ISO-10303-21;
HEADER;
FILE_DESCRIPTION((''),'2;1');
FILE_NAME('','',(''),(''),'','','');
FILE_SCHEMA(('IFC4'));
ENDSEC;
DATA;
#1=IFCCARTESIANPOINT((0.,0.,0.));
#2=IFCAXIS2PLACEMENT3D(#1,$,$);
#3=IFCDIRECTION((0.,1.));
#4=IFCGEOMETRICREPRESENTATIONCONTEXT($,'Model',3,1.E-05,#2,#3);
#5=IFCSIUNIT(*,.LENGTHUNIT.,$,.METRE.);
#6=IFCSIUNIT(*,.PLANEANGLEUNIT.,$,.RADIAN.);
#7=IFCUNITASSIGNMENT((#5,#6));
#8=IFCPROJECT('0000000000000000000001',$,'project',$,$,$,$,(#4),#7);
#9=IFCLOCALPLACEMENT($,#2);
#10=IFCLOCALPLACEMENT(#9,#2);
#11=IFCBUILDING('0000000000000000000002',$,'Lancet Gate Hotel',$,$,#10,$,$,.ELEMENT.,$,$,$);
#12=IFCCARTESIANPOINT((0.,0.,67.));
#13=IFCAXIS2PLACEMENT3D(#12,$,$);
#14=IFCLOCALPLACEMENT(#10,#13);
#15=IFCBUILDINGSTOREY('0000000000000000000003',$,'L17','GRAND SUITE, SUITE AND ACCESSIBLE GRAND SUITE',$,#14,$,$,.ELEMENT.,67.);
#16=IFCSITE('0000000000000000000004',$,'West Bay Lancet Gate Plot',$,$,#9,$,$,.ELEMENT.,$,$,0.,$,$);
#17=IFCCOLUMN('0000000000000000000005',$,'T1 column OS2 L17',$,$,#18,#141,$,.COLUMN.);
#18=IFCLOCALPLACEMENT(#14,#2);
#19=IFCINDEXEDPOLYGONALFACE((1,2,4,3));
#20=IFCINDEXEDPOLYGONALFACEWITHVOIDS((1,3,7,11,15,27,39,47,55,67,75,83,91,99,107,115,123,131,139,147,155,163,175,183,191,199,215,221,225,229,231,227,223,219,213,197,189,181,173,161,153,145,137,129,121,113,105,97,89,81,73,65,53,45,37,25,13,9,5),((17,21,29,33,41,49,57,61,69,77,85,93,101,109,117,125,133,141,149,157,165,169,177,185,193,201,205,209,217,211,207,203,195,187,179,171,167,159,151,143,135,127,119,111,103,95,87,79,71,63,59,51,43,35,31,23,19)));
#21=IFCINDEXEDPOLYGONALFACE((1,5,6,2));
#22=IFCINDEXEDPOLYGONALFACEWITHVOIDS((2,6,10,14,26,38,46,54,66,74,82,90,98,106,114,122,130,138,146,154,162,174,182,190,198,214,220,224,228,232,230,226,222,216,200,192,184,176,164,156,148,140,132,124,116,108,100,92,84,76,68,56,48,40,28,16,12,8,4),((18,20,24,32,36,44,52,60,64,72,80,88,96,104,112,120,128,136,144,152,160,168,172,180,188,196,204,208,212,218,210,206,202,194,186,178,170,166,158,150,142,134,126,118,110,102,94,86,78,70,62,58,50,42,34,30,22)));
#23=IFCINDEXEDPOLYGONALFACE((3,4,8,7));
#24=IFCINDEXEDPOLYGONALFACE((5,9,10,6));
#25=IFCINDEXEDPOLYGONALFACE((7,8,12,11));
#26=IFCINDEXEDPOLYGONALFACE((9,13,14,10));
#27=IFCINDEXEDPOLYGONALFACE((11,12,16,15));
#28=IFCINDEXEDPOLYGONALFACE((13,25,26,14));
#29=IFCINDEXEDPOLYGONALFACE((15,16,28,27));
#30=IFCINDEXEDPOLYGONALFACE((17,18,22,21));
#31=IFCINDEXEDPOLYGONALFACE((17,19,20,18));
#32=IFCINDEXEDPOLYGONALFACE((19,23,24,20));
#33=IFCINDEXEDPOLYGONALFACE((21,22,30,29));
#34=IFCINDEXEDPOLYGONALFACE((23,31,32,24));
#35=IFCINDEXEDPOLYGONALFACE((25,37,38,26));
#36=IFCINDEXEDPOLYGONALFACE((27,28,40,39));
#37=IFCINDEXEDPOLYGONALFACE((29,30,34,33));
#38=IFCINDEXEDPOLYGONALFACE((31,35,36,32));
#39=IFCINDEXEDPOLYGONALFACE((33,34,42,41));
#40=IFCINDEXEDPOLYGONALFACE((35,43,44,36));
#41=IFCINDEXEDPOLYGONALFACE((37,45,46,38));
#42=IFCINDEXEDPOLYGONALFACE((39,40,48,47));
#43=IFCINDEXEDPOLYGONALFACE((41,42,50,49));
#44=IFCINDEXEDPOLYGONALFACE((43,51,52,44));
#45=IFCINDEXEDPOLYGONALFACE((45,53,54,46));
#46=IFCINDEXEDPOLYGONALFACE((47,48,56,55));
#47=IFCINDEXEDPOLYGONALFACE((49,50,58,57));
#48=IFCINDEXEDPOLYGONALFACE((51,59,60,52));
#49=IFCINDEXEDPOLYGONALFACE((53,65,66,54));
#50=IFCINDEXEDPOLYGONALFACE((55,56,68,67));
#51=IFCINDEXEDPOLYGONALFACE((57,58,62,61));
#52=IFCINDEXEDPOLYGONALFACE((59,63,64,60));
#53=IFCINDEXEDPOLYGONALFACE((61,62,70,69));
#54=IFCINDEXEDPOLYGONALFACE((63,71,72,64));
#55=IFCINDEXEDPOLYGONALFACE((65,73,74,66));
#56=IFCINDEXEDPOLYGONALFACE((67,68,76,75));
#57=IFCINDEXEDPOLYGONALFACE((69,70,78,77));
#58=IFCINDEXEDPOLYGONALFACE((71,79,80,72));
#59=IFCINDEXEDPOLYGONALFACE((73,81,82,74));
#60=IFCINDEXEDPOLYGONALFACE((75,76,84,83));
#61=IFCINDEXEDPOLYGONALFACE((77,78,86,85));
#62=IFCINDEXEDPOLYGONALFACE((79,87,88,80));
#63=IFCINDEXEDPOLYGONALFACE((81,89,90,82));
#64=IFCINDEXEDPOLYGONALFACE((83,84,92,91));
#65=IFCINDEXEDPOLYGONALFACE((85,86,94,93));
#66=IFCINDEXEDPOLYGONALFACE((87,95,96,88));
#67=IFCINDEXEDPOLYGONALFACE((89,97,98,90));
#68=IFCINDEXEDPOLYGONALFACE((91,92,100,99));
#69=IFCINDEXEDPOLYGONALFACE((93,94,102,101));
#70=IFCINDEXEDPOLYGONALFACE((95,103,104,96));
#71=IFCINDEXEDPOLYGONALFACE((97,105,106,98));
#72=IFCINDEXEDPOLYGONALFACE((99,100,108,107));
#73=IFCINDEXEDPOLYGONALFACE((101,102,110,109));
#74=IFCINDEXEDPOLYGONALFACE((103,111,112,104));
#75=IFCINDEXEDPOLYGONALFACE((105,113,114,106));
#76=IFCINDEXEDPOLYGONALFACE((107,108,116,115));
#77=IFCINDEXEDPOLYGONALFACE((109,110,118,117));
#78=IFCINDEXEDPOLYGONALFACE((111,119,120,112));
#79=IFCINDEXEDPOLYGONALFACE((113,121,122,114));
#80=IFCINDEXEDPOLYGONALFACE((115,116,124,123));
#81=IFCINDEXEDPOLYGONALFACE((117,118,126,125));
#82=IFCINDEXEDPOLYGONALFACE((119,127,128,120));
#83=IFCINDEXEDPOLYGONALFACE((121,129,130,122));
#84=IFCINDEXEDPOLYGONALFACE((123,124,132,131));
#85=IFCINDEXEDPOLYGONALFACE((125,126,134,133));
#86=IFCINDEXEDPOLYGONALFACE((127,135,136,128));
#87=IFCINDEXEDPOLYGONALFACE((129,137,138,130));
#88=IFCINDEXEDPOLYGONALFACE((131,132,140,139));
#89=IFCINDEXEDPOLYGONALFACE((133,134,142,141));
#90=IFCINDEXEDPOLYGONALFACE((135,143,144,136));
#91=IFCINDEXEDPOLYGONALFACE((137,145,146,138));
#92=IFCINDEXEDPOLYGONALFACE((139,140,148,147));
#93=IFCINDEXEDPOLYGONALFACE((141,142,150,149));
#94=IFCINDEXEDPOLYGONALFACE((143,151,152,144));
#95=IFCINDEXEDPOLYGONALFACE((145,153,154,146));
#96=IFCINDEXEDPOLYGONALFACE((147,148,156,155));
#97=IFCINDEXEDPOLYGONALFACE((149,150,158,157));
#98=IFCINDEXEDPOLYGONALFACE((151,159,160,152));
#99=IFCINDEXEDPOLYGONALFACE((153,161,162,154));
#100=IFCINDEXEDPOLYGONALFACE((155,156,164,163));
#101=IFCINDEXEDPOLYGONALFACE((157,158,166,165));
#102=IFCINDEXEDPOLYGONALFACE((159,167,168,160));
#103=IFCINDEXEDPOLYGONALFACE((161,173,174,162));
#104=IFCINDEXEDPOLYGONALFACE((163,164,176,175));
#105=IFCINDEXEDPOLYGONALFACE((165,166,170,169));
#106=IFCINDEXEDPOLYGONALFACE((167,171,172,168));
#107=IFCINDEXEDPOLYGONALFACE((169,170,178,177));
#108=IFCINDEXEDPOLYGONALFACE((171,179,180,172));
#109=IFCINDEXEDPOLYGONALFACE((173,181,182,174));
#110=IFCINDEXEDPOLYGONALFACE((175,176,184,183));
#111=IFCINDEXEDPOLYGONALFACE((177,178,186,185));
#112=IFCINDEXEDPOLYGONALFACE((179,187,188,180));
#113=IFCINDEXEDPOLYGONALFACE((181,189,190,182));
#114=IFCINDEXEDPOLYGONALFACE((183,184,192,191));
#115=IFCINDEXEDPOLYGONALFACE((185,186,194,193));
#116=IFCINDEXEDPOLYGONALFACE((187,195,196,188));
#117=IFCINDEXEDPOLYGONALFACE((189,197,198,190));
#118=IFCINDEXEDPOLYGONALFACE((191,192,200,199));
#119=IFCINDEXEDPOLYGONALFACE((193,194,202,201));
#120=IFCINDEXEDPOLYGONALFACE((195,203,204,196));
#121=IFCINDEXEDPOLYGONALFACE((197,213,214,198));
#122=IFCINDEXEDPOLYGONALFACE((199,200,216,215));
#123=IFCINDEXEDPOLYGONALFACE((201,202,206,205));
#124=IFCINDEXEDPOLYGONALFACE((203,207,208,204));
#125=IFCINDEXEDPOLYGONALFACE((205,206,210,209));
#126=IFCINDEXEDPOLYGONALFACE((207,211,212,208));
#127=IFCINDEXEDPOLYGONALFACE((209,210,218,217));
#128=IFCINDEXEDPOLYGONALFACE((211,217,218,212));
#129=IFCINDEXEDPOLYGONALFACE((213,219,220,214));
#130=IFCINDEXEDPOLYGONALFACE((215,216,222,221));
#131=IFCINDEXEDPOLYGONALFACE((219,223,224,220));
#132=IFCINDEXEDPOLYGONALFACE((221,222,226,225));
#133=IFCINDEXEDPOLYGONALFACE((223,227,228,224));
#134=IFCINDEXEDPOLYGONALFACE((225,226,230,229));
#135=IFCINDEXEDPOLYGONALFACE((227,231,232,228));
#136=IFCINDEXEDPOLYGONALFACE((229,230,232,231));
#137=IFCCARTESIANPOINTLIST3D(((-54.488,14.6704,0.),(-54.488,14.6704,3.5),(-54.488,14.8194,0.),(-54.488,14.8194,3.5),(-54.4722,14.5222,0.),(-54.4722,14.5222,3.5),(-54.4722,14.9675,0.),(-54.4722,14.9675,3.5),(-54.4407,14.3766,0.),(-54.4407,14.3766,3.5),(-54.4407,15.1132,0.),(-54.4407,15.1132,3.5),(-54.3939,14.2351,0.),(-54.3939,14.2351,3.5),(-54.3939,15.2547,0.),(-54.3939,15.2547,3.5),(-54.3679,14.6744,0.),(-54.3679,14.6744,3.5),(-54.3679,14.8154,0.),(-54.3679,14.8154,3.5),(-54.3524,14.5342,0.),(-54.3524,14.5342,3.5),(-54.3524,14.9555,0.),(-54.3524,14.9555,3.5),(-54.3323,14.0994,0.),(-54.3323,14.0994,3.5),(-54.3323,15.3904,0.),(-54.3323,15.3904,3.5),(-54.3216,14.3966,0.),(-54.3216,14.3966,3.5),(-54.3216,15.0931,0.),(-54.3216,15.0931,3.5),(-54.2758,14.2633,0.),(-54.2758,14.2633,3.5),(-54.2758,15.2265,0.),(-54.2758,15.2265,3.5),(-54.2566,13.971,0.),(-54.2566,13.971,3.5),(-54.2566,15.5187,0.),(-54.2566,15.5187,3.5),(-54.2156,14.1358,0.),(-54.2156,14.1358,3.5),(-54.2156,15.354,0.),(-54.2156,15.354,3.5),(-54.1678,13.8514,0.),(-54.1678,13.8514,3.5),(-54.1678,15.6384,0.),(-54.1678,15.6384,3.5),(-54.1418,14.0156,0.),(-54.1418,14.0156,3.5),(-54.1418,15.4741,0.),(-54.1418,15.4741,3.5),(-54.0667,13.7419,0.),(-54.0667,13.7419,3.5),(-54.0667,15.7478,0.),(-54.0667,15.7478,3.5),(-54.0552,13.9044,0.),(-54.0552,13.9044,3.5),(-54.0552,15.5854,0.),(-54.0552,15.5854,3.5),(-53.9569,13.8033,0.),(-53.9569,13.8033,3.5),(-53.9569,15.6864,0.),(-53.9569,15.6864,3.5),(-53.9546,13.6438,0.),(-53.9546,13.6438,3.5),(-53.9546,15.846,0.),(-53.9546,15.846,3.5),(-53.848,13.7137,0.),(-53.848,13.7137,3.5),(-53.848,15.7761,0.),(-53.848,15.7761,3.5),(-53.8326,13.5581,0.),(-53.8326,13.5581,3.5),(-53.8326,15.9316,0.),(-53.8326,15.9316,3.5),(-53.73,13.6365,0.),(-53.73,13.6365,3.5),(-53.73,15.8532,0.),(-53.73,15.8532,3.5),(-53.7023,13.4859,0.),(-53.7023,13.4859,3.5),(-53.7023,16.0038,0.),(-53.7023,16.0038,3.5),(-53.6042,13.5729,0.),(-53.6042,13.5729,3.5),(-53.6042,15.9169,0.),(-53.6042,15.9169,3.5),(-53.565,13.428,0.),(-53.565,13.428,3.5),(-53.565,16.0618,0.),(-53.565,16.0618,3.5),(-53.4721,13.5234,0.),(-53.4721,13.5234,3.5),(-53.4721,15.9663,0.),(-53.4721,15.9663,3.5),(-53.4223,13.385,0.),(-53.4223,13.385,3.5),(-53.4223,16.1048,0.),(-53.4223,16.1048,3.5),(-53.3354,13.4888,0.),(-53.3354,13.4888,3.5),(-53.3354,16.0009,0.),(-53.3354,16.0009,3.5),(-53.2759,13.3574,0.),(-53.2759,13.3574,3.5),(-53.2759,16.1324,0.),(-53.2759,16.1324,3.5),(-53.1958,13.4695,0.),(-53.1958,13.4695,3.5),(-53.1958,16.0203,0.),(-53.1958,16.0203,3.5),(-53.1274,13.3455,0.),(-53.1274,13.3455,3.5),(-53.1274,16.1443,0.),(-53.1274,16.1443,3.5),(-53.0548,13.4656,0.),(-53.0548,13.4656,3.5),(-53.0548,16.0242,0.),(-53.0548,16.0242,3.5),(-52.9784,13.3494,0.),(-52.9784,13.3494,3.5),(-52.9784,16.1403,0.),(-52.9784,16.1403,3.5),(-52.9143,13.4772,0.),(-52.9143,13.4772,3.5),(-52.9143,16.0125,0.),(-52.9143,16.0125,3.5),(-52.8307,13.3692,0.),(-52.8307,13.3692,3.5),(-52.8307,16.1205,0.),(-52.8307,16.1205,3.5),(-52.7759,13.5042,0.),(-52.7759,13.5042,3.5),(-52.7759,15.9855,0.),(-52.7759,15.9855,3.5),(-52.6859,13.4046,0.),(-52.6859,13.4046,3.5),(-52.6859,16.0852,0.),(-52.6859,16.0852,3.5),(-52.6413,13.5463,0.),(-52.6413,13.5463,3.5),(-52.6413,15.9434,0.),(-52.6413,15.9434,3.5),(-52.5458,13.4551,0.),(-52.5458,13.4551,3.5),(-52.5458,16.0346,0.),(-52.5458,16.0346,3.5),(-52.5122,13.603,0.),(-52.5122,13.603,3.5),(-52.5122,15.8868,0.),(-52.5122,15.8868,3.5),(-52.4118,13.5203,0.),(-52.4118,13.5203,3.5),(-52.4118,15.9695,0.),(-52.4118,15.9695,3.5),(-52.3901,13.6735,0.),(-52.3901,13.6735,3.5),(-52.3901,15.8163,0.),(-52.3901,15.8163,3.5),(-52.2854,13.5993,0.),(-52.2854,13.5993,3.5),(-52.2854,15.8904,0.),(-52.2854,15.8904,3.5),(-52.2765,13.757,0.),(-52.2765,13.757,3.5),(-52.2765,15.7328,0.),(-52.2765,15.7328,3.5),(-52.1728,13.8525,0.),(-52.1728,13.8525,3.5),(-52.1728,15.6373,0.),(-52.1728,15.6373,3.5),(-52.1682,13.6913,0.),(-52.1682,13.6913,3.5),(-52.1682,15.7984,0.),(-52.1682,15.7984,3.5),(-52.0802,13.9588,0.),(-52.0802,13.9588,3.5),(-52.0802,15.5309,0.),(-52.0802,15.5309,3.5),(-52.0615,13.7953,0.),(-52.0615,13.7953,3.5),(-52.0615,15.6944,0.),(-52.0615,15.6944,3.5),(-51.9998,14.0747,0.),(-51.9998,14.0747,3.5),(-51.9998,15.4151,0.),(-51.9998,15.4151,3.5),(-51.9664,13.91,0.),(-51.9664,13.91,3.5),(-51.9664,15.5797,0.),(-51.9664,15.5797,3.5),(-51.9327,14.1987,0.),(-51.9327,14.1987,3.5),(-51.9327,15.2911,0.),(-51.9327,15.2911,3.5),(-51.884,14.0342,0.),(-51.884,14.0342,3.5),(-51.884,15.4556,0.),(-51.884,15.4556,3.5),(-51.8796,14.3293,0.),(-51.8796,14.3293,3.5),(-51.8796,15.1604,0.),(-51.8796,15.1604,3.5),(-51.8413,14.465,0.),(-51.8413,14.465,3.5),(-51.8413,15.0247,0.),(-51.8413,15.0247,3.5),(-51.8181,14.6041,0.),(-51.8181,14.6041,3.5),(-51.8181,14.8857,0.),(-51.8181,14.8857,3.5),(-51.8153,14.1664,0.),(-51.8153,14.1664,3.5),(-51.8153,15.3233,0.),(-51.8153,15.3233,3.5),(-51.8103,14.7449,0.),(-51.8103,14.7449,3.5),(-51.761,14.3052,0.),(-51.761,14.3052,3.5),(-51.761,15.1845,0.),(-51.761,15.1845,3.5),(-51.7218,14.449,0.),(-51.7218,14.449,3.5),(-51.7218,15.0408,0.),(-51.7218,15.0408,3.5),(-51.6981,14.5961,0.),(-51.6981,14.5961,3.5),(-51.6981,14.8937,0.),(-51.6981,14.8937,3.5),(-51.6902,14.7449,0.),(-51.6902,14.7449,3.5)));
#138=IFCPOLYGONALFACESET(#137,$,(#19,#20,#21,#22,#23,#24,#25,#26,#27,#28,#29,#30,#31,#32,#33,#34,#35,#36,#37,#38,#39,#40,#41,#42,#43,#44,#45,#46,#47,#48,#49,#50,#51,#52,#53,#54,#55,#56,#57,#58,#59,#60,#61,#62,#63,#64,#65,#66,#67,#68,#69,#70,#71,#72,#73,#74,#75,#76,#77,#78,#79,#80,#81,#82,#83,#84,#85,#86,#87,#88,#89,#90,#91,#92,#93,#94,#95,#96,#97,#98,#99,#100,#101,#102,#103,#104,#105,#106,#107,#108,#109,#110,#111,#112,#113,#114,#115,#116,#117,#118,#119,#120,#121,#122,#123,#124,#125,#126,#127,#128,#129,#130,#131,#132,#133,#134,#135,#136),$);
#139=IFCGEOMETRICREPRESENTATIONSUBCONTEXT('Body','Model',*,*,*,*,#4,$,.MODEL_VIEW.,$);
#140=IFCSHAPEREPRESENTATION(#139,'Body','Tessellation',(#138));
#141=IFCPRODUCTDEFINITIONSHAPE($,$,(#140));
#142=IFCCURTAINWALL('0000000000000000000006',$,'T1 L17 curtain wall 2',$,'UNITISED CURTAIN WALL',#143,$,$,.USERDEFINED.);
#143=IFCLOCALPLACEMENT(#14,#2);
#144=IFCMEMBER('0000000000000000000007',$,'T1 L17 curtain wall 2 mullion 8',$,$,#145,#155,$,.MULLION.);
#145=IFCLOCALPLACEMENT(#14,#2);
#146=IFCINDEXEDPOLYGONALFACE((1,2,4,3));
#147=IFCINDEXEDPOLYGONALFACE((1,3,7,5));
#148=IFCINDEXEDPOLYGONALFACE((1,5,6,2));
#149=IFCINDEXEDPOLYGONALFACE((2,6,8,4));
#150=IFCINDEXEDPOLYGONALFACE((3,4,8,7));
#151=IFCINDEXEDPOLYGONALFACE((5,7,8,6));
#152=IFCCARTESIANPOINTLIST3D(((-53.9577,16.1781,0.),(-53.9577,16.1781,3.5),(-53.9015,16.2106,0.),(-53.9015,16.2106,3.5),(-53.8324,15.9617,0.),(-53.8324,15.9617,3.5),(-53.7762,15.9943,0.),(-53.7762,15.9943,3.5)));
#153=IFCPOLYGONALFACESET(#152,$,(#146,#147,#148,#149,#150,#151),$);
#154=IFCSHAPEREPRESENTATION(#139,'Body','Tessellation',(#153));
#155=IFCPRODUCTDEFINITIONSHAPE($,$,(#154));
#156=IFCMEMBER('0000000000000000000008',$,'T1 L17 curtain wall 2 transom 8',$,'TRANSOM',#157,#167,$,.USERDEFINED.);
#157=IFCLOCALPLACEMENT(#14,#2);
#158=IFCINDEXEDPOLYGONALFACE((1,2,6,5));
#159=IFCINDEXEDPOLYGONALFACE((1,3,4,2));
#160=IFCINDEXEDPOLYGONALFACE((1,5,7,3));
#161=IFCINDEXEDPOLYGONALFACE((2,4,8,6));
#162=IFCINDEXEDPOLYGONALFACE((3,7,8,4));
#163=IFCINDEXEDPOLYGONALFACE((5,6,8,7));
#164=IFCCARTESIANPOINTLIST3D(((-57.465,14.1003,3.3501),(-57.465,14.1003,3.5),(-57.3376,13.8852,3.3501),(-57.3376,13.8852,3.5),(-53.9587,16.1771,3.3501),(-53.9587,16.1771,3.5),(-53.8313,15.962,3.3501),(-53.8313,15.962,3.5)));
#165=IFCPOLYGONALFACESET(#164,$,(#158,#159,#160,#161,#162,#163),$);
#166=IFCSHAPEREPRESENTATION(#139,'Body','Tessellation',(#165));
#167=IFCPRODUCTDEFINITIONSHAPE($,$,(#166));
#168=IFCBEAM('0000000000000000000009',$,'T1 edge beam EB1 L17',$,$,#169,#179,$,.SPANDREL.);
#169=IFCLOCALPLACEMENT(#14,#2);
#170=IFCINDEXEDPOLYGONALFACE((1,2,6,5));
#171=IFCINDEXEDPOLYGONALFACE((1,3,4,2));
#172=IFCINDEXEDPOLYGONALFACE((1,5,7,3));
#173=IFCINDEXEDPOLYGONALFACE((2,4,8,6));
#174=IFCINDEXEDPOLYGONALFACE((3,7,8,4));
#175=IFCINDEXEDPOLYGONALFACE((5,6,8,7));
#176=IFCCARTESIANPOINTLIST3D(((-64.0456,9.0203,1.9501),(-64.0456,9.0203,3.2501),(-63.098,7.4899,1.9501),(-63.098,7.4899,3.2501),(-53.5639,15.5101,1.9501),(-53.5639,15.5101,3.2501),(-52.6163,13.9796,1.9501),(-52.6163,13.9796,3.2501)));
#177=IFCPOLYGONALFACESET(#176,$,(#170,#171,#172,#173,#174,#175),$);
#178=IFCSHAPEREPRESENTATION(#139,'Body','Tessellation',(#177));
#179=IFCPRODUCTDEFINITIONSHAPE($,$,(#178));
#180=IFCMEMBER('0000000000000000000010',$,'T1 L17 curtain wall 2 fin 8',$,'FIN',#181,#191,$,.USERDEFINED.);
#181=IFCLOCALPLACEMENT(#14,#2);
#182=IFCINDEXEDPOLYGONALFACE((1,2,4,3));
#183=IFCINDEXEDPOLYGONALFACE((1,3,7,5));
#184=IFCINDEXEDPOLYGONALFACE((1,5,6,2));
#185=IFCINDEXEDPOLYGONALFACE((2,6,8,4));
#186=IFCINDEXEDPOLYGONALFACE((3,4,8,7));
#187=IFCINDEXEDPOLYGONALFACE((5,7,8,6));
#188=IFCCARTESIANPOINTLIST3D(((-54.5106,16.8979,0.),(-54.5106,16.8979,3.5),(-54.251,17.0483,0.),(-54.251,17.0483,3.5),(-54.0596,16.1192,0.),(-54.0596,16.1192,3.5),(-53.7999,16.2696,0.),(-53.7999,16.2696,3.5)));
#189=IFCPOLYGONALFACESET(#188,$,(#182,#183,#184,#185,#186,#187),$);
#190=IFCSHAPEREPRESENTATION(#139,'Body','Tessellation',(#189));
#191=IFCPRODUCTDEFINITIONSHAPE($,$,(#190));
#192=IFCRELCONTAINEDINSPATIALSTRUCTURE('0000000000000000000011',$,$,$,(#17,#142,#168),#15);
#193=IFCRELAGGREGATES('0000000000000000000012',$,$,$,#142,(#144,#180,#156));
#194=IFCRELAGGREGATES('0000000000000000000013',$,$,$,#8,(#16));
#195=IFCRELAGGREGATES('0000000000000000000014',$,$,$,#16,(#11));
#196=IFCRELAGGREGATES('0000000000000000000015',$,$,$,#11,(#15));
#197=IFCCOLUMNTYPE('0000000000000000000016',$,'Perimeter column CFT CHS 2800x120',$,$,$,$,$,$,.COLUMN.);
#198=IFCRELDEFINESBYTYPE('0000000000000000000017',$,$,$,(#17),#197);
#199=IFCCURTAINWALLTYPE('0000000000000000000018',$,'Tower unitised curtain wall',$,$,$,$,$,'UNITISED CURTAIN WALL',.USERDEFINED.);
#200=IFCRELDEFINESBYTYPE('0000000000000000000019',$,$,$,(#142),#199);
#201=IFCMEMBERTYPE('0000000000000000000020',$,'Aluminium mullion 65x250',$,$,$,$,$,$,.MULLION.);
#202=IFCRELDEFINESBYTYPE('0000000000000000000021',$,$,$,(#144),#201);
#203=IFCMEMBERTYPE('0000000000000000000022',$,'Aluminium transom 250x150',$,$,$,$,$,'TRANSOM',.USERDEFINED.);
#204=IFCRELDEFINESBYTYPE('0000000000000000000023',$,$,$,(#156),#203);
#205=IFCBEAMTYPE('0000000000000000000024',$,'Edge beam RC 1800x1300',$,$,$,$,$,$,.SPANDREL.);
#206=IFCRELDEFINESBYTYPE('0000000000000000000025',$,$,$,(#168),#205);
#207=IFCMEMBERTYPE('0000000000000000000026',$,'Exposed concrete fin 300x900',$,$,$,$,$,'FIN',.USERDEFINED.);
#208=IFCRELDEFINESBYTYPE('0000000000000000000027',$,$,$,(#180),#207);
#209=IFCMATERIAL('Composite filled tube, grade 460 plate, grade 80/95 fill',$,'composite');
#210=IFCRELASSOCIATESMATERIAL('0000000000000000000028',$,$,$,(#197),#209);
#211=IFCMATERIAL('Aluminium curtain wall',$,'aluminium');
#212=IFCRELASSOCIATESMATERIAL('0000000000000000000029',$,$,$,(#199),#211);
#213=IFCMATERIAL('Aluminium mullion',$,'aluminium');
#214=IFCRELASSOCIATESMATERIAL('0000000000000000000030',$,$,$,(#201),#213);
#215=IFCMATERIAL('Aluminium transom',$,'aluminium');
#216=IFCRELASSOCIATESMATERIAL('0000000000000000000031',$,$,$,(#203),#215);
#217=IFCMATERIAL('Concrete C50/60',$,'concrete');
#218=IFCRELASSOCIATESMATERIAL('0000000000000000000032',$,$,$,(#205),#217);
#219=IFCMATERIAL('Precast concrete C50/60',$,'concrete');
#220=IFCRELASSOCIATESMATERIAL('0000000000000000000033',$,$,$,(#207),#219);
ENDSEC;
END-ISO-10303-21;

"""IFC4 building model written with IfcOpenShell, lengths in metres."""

from ifc_helpers import new_model, si_unit, direction, frame, origin, origin_2d, place, context, subcontext, project, spatial, rectangle, hollow_circle, extrude, material, material_profile, profile_set, type_object, element, aggregate, save


model = new_model("IFC4")

# Units and contexts
model_context = context("Model", 3, precision=1e-05, world=origin(), true_north=direction((0.0, 1.0)))
body_context = subcontext(model_context, "Body", "Model", "MODEL_VIEW")
ifc_project = project(units=[si_unit("LENGTHUNIT", "METRE"), si_unit("PLANEANGLEUNIT", "RADIAN")], contexts=[model_context])

# Site, building, storey
site_placement = place(None, origin())
site = spatial("IfcSite", under=ifc_project, at=site_placement, Name="West Bay Lancet Gate Plot", CompositionType="ELEMENT", RefElevation=0.0)
building_placement = place(site_placement, origin())
building = spatial("IfcBuilding", under=site, at=building_placement, Name="Lancet Gate Hotel", CompositionType="ELEMENT")
storey_placement = place(building_placement, frame((0.0, 0.0, 67.0)))
storey = spatial("IfcBuildingStorey", under=building, at=storey_placement, Name="L17", Description="GRAND SUITE, SUITE AND ACCESSIBLE GRAND SUITE", CompositionType="ELEMENT", Elevation=67.0)

# Column
ifc_material_1 = material(Name="Composite filled tube, grade 460 plate, grade 80/95 fill", Category="composite")
ifc_material_profile_1 = material_profile(ifc_material_1, hollow_circle(Radius=1.3999, WallThickness=0.1201, at=origin_2d()), Name="CHS 2800x120")
ifc_profile_set_1 = profile_set([ifc_material_profile_1], Name="Composite filled tube, grade 460 plate, grade 80/95 fill")
column_type = type_object("IfcColumnType", Name="Perimeter column CFT CHS 2800x120", PredefinedType="COLUMN", material=ifc_profile_set_1)
column_placement = place(storey_placement, frame((-53.0901, 14.7449, 0.0), z_axis=(0.0, 0.0, 1.0), x_axis=(1.0, 0.0, 0.0)))
element("IfcColumn", 1, at=column_placement, inside=storey, type_object=column_type, Name="T1 column OS2 L17", PredefinedType="COLUMN", context=body_context, shape_type="SweptSolid", body=[
    extrude(hollow_circle(Radius=1.3999, WallThickness=0.1201, at=origin_2d()), origin(), (0.0, 0.0, 1.0), 3.5),
])

# Curtain wall, members
ifc_material_2 = material(Name="Aluminium curtain wall", Category="aluminium")
curtain_wall_type = type_object("IfcCurtainWallType", Name="Tower unitised curtain wall", ElementType="UNITISED CURTAIN WALL", PredefinedType="USERDEFINED", material=ifc_material_2)
curtain_wall_placement = place(storey_placement, origin())
curtain_wall = element("IfcCurtainWall", 2, at=curtain_wall_placement, inside=storey, type_object=curtain_wall_type, Name="T1 L17 curtain wall 2", ObjectType="UNITISED CURTAIN WALL", PredefinedType="USERDEFINED")
ifc_material_3 = material(Name="Aluminium mullion", Category="aluminium")
ifc_material_profile_2 = material_profile(ifc_material_3, rectangle(XDim=0.0649, YDim=0.25, at=origin_2d()), Name="MULLION 65x250")
ifc_profile_set_2 = profile_set([ifc_material_profile_2], Name="Aluminium mullion")
member_type_1 = type_object("IfcMemberType", Name="Aluminium mullion 65x250", PredefinedType="MULLION", material=ifc_profile_set_2)
member_1_placement = place(storey_placement, frame((-53.8669, 16.0862, 0.0), z_axis=(0.0, 0.0, 1.0), x_axis=(-0.865335, -0.501194, 0.0)))
member_1 = element("IfcMember", 3, at=member_1_placement, type_object=member_type_1, Name="T1 L17 curtain wall 2 mullion 8", PredefinedType="MULLION", context=body_context, shape_type="SweptSolid", body=[
    extrude(rectangle(XDim=0.0649, YDim=0.25, at=origin_2d()), origin(), (0.0, 0.0, 1.0), 3.5),
])
ifc_material_4 = material(Name="Aluminium transom", Category="aluminium")
ifc_material_profile_3 = material_profile(ifc_material_4, rectangle(XDim=0.25, YDim=0.1499, at=origin_2d()), Name="TRANSOM 250x150")
ifc_profile_set_3 = profile_set([ifc_material_profile_3], Name="Aluminium transom")
member_type_2 = type_object("IfcMemberType", Name="Aluminium transom 250x150", ElementType="TRANSOM", PredefinedType="USERDEFINED", material=ifc_profile_set_3)
member_2_placement = place(storey_placement, frame((-53.895, 16.0696, 3.425), z_axis=(-0.860392, -0.509633, 0.0), x_axis=(0.509633, -0.860392, 0.0)))
member_2 = element("IfcMember", 4, at=member_2_placement, type_object=member_type_2, Name="T1 L17 curtain wall 2 transom 8", ObjectType="TRANSOM", PredefinedType="USERDEFINED", context=body_context, shape_type="SweptSolid", body=[
    extrude(rectangle(XDim=0.25, YDim=0.1499, at=origin_2d()), origin(), (0.0, 0.0, 1.0), 4.0752),
])

# Beam
ifc_material_5 = material(Name="Concrete C50/60", Category="concrete")
ifc_material_profile_4 = material_profile(ifc_material_5, rectangle(XDim=1.8, YDim=1.3, at=origin_2d()), Name="RC 1800x1300")
ifc_profile_set_4 = profile_set([ifc_material_profile_4], Name="Concrete C50/60")
beam_type_1 = type_object("IfcBeamType", Name="Edge beam RC 1800x1300", PredefinedType="SPANDREL", material=ifc_profile_set_4)
beam_1_placement = place(storey_placement, frame((-53.0901, 14.7449, 2.6001), z_axis=(-0.850226, -0.526418, 0.0), x_axis=(0.526418, -0.850226, 0.0)))
element("IfcBeam", 5, at=beam_1_placement, inside=storey, type_object=beam_type_1, Name="T1 edge beam EB1 L17", PredefinedType="SPANDREL", context=body_context, shape_type="SweptSolid", body=[
    extrude(rectangle(XDim=1.8, YDim=1.3, at=origin_2d()), origin(), (0.0, 0.0, 1.0), 12.3281),
])

# Member
ifc_material_6 = material(Name="Precast concrete C50/60", Category="concrete")
ifc_material_profile_5 = material_profile(ifc_material_6, rectangle(XDim=0.3, YDim=0.8999, at=origin_2d()), Name="FIN 300x900")
ifc_profile_set_5 = profile_set([ifc_material_profile_5], Name="Precast concrete C50/60")
member_type_3 = type_object("IfcMemberType", Name="Exposed concrete fin 300x900", ElementType="FIN", PredefinedType="USERDEFINED", material=ifc_profile_set_5)
member_3_placement = place(storey_placement, frame((-54.1553, 16.5837, 0.0), z_axis=(0.0, 0.0, 1.0), x_axis=(-0.865335, -0.501194, 0.0)))
member_3 = element("IfcMember", 6, at=member_3_placement, type_object=member_type_3, Name="T1 L17 curtain wall 2 fin 8", ObjectType="FIN", PredefinedType="USERDEFINED", context=body_context, shape_type="SweptSolid", body=[
    extrude(rectangle(XDim=0.3, YDim=0.8999, at=origin_2d()), origin(), (0.0, 0.0, 1.0), 3.5),
])
aggregate(curtain_wall, [member_1, member_3, member_2])

save(model, "model.ifc")
